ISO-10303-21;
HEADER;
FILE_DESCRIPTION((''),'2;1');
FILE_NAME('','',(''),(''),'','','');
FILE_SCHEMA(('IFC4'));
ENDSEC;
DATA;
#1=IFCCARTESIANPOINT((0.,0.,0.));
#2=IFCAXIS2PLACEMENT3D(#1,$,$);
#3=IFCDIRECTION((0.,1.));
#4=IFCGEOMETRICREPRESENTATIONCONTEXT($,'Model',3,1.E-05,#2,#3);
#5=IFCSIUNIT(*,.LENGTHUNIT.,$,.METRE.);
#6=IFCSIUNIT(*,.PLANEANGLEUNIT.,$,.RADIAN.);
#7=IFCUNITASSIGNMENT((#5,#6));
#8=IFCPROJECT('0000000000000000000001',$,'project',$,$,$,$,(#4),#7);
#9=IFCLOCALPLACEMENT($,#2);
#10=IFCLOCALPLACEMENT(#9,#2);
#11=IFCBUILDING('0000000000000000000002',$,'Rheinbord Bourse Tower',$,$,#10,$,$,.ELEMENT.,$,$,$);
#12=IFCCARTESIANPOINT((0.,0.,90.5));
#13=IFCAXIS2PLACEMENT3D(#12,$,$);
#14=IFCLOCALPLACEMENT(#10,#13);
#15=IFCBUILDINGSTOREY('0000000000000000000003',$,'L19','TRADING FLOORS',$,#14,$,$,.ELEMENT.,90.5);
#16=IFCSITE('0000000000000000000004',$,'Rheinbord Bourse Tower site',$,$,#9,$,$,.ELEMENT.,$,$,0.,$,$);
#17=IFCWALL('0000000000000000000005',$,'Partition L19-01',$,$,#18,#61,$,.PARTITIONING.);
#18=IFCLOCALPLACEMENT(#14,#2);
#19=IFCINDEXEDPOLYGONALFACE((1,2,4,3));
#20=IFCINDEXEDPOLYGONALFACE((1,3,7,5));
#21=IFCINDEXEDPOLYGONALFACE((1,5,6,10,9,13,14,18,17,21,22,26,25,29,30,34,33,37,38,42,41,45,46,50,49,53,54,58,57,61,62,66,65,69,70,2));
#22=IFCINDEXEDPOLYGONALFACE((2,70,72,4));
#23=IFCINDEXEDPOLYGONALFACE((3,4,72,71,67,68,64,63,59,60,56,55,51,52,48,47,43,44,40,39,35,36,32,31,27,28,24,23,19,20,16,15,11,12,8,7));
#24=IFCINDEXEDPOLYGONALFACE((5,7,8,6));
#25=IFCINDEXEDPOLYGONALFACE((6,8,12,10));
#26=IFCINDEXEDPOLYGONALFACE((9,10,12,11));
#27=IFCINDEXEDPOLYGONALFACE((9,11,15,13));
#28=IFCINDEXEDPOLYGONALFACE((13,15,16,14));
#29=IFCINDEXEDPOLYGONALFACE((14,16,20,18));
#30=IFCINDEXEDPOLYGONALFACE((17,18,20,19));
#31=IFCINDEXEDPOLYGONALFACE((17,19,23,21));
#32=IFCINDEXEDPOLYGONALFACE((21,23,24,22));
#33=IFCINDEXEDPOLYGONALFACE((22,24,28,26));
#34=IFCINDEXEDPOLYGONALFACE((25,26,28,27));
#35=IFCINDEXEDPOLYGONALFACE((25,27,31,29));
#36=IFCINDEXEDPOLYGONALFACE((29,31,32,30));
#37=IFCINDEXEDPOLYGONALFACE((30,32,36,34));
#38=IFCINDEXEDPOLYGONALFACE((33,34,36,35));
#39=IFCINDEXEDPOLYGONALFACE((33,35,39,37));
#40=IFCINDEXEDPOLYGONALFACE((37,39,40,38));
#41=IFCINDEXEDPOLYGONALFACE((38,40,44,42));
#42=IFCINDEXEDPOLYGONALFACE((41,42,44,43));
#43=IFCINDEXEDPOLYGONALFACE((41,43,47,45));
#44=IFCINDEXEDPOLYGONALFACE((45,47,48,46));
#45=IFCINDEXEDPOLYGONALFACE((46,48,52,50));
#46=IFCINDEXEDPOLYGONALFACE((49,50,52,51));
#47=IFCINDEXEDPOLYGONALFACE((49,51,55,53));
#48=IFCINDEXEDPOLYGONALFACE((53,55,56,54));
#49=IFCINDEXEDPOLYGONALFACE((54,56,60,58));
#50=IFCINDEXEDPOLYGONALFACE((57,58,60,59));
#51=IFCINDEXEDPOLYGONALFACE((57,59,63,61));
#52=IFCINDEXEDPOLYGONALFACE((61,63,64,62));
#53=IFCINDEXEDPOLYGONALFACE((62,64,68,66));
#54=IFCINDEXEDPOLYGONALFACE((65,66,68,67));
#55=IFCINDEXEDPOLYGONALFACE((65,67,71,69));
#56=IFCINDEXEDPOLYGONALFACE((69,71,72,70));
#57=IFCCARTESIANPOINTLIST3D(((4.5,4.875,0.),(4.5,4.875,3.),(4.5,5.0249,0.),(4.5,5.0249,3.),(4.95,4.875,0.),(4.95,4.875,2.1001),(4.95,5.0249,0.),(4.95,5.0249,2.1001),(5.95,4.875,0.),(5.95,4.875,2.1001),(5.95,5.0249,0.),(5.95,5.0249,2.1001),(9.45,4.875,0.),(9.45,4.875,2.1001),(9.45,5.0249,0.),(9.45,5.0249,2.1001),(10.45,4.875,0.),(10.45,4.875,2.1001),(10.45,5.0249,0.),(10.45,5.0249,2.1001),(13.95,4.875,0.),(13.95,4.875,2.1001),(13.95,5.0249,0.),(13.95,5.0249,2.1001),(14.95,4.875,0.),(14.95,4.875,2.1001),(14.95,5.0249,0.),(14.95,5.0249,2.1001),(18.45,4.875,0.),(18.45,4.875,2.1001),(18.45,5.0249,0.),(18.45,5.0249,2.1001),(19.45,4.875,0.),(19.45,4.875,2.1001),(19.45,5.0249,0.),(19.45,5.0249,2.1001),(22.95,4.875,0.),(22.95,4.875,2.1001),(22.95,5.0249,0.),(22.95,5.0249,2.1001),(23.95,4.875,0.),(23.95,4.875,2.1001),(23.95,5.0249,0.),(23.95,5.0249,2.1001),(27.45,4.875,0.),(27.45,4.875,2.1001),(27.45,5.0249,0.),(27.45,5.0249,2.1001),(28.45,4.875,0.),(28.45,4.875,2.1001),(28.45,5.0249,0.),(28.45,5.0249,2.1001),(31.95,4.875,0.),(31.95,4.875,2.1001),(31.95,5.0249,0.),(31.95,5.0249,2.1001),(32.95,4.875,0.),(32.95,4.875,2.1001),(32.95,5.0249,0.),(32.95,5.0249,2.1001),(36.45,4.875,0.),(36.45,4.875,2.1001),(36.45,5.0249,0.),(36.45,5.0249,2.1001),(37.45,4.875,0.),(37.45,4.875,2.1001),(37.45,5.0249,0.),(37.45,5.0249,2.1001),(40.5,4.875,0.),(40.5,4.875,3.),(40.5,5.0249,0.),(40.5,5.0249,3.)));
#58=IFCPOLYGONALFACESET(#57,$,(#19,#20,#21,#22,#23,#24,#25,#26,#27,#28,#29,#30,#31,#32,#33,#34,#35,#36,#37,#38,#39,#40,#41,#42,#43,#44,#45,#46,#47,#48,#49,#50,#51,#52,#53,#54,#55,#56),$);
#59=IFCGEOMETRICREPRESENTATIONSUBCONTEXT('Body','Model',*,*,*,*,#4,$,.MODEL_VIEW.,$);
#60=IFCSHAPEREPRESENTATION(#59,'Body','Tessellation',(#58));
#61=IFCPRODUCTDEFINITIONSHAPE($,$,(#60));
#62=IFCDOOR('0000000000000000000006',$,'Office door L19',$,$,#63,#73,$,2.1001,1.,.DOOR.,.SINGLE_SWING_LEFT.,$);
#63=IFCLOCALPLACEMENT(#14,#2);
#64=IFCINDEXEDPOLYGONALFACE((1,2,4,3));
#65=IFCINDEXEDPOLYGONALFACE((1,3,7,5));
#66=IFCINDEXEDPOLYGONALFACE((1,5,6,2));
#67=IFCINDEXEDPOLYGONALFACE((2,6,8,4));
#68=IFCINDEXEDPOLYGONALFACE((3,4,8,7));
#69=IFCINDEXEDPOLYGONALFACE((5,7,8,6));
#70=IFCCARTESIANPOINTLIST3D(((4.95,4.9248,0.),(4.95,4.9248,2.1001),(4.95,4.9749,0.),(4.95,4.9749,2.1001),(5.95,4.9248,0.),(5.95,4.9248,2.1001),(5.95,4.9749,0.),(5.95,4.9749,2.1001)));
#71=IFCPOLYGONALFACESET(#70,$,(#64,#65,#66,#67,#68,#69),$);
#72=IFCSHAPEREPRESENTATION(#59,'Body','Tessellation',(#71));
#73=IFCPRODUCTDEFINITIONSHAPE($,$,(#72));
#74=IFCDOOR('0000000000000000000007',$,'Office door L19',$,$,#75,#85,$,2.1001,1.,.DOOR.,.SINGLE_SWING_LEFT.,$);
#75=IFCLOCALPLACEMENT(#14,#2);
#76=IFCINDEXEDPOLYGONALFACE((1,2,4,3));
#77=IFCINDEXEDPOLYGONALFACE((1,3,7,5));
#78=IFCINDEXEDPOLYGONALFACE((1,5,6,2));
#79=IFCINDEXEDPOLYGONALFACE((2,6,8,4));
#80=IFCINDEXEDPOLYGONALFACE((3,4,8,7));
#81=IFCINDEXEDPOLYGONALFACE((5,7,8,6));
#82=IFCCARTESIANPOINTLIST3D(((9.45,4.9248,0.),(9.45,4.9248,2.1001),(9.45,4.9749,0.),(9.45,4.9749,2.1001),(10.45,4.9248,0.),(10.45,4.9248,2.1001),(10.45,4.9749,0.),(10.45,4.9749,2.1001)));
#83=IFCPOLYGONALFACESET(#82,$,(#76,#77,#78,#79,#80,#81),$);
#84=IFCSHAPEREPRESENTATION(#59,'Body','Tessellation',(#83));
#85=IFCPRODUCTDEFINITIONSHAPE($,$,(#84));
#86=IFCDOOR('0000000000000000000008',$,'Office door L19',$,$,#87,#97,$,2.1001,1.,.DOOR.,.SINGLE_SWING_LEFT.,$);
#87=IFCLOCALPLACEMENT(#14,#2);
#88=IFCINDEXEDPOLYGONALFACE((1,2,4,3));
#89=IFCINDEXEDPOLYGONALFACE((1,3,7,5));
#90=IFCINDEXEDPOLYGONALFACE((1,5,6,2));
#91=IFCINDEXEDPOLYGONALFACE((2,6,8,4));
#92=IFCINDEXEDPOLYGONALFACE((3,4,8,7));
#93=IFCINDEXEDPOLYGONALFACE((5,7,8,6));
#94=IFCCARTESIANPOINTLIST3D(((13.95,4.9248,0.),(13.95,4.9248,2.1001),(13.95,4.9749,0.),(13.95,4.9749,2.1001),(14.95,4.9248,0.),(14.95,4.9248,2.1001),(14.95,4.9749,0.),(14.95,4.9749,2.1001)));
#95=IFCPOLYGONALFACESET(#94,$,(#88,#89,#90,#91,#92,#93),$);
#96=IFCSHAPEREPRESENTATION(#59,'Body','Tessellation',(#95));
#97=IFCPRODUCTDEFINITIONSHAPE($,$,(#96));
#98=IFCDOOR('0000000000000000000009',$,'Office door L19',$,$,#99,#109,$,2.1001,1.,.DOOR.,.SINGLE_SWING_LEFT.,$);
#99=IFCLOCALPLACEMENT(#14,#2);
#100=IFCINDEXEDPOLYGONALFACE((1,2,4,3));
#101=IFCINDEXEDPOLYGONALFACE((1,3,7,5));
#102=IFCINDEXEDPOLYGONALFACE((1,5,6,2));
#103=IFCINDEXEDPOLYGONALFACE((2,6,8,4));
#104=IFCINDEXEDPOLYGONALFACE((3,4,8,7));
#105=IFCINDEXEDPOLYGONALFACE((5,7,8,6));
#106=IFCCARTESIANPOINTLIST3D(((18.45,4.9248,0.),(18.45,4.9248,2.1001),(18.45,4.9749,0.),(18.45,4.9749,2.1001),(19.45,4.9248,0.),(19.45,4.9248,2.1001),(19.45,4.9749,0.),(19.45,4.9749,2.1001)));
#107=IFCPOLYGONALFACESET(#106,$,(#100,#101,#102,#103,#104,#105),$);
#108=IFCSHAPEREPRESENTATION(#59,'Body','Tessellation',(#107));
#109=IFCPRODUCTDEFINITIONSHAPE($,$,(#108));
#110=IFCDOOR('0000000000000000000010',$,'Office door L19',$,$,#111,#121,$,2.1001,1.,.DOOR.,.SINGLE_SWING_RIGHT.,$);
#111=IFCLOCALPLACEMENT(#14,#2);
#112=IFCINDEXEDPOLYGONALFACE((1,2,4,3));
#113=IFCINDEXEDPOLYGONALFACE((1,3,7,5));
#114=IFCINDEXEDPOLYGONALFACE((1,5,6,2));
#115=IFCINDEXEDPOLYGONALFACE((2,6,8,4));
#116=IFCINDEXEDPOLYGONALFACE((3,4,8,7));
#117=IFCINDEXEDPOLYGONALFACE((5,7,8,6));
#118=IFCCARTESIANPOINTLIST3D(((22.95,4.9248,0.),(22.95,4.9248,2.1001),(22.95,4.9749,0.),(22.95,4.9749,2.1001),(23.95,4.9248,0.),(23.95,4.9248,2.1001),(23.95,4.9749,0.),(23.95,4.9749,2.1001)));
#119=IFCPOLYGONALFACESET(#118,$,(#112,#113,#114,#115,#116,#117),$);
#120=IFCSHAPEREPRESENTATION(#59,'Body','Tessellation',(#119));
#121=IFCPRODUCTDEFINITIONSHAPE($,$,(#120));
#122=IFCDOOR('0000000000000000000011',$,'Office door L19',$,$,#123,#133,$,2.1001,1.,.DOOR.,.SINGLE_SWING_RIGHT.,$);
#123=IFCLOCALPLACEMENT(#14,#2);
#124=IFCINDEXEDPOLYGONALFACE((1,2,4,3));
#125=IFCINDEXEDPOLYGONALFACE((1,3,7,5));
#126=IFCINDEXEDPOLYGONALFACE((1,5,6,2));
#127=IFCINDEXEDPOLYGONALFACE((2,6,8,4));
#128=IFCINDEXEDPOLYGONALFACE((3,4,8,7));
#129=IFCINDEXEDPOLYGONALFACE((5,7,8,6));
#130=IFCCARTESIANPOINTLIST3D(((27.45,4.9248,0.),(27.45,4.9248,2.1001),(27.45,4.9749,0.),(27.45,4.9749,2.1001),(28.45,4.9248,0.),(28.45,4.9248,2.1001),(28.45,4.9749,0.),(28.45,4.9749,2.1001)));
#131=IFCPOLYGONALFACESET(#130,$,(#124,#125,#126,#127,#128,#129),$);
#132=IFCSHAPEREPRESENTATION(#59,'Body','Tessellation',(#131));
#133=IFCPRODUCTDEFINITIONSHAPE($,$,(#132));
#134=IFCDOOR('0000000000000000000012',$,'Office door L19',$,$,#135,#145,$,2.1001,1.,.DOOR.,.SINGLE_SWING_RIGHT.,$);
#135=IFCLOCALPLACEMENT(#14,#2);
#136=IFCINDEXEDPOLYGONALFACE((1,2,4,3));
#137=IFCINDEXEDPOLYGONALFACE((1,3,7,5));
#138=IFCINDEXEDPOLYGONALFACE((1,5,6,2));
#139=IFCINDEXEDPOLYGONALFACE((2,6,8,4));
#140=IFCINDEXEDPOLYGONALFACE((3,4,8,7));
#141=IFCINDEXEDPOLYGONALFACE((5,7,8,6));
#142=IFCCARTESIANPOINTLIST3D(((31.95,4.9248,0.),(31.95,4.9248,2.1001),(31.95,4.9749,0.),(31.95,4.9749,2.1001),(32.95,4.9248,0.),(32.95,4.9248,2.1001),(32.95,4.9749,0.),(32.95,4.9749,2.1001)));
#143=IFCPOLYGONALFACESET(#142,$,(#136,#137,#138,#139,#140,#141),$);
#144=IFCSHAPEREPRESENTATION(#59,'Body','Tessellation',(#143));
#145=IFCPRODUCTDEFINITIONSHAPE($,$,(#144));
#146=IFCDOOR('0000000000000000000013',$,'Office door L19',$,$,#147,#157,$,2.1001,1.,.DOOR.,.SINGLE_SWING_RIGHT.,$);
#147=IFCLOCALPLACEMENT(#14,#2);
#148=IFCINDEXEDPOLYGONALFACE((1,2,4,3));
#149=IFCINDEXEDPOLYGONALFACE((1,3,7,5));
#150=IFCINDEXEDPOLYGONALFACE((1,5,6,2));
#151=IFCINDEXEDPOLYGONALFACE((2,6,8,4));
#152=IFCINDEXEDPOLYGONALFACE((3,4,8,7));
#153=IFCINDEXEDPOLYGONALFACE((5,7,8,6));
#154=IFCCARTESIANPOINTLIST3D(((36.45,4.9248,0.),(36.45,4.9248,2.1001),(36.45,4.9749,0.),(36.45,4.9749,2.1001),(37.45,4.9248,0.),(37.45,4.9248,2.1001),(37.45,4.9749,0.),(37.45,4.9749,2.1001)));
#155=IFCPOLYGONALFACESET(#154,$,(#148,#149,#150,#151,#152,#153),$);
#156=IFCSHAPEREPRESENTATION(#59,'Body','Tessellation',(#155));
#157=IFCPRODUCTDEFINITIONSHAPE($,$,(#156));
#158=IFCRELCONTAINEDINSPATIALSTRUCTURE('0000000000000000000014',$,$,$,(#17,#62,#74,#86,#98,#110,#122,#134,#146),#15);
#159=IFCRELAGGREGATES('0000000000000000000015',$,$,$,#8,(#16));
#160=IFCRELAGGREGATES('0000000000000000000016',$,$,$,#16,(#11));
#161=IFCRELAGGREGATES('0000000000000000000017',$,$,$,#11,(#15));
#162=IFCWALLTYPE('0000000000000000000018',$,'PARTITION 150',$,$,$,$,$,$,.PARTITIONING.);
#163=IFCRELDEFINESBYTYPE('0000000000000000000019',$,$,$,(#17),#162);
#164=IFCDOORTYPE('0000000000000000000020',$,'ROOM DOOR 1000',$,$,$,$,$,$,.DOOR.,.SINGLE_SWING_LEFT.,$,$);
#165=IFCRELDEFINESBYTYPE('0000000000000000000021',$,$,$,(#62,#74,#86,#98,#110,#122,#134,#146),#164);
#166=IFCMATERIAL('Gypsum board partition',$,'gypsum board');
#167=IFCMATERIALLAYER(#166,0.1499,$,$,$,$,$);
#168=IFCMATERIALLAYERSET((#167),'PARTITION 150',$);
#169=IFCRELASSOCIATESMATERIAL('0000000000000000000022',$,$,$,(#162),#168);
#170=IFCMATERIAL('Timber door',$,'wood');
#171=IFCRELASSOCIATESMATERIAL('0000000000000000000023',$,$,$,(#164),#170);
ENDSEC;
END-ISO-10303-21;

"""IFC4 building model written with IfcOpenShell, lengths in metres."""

from ifc_helpers import new_model, si_unit, direction, frame, frame_2d, origin, place, context, subcontext, project, spatial, rectangle, extrude, material, layer, layer_set, type_object, element, fill, save


model = new_model("IFC4")

# Units and contexts
model_context = context("Model", 3, precision=1e-05, world=origin(), true_north=direction((0.0, 1.0)))
body_context = subcontext(model_context, "Body", "Model", "MODEL_VIEW")
ifc_project = project(units=[si_unit("LENGTHUNIT", "METRE"), si_unit("PLANEANGLEUNIT", "RADIAN")], contexts=[model_context])

# Site, building, storey
site_placement = place(None, origin())
site = spatial("IfcSite", under=ifc_project, at=site_placement, Name="Rheinbord Bourse Tower site", CompositionType="ELEMENT", RefElevation=0.0)
building_placement = place(site_placement, origin())
building = spatial("IfcBuilding", under=site, at=building_placement, Name="Rheinbord Bourse Tower", CompositionType="ELEMENT")
storey_placement = place(building_placement, frame((0.0, 0.0, 90.5)))
storey = spatial("IfcBuildingStorey", under=building, at=storey_placement, Name="L19", Description="TRADING FLOORS", CompositionType="ELEMENT", Elevation=90.5)

# Wall, openings, doors
ifc_material_1 = material(Name="Gypsum board partition", Category="gypsum board")
ifc_layer_1 = layer(ifc_material_1, 0.1499)
ifc_layer_set_1 = layer_set([ifc_layer_1], Name="PARTITION 150")
wall_type = type_object("IfcWallType", Name="PARTITION 150", PredefinedType="PARTITIONING", material=ifc_layer_set_1)
wall_placement = place(storey_placement, frame((4.5, 4.95, 0.0), z_axis=(0.0, 0.0, 1.0), x_axis=(1.0, 0.0, 0.0)))
wall = element("IfcWall", 1, at=wall_placement, inside=storey, type_object=wall_type, Name="Partition L19-01", PredefinedType="PARTITIONING", context=body_context, shape_type="SweptSolid", body=[
    extrude(rectangle(XDim=36.0, YDim=0.1499, at=frame_2d((18.0, 0.0))), origin(), (0.0, 0.0, 1.0), 3.0),
])
opening_1_placement = place(wall_placement, frame((0.45, 0.0, 0.0)))
opening_1 = element("IfcOpeningElement", 2, at=opening_1_placement, cuts=wall, PredefinedType="OPENING", context=body_context, shape_type="SweptSolid", body=[
    extrude(rectangle(XDim=1.0, YDim=2.1001, at=frame_2d((0.5, 1.05))), frame((0.0, 0.085, 0.0), z_axis=(0.0, -1.0, 0.0), x_axis=(1.0, 0.0, 0.0)), (0.0, 0.0, 1.0), 0.1699),
])
opening_2_placement = place(wall_placement, frame((4.95, 0.0, 0.0)))
opening_2 = element("IfcOpeningElement", 3, at=opening_2_placement, cuts=wall, PredefinedType="OPENING", context=body_context, shape_type="SweptSolid", body=[
    extrude(rectangle(XDim=1.0, YDim=2.1001, at=frame_2d((0.5, 1.05))), frame((0.0, 0.085, 0.0), z_axis=(0.0, -1.0, 0.0), x_axis=(1.0, 0.0, 0.0)), (0.0, 0.0, 1.0), 0.1699),
])
opening_3_placement = place(wall_placement, frame((9.45, 0.0, 0.0)))
opening_3 = element("IfcOpeningElement", 4, at=opening_3_placement, cuts=wall, PredefinedType="OPENING", context=body_context, shape_type="SweptSolid", body=[
    extrude(rectangle(XDim=1.0, YDim=2.1001, at=frame_2d((0.5, 1.05))), frame((0.0, 0.085, 0.0), z_axis=(0.0, -1.0, 0.0), x_axis=(1.0, 0.0, 0.0)), (0.0, 0.0, 1.0), 0.1699),
])
opening_4_placement = place(wall_placement, frame((13.95, 0.0, 0.0)))
opening_4 = element("IfcOpeningElement", 5, at=opening_4_placement, cuts=wall, PredefinedType="OPENING", context=body_context, shape_type="SweptSolid", body=[
    extrude(rectangle(XDim=1.0, YDim=2.1001, at=frame_2d((0.5, 1.05))), frame((0.0, 0.085, 0.0), z_axis=(0.0, -1.0, 0.0), x_axis=(1.0, 0.0, 0.0)), (0.0, 0.0, 1.0), 0.1699),
])
opening_5_placement = place(wall_placement, frame((18.45, 0.0, 0.0)))
opening_5 = element("IfcOpeningElement", 6, at=opening_5_placement, cuts=wall, PredefinedType="OPENING", context=body_context, shape_type="SweptSolid", body=[
    extrude(rectangle(XDim=1.0, YDim=2.1001, at=frame_2d((0.5, 1.05))), frame((0.0, 0.085, 0.0), z_axis=(0.0, -1.0, 0.0), x_axis=(1.0, 0.0, 0.0)), (0.0, 0.0, 1.0), 0.1699),
])
opening_6_placement = place(wall_placement, frame((22.95, 0.0, 0.0)))
opening_6 = element("IfcOpeningElement", 7, at=opening_6_placement, cuts=wall, PredefinedType="OPENING", context=body_context, shape_type="SweptSolid", body=[
    extrude(rectangle(XDim=1.0, YDim=2.1001, at=frame_2d((0.5, 1.05))), frame((0.0, 0.085, 0.0), z_axis=(0.0, -1.0, 0.0), x_axis=(1.0, 0.0, 0.0)), (0.0, 0.0, 1.0), 0.1699),
])
opening_7_placement = place(wall_placement, frame((27.45, 0.0, 0.0)))
opening_7 = element("IfcOpeningElement", 8, at=opening_7_placement, cuts=wall, PredefinedType="OPENING", context=body_context, shape_type="SweptSolid", body=[
    extrude(rectangle(XDim=1.0, YDim=2.1001, at=frame_2d((0.5, 1.05))), frame((0.0, 0.085, 0.0), z_axis=(0.0, -1.0, 0.0), x_axis=(1.0, 0.0, 0.0)), (0.0, 0.0, 1.0), 0.1699),
])
opening_8_placement = place(wall_placement, frame((31.95, 0.0, 0.0)))
opening_8 = element("IfcOpeningElement", 9, at=opening_8_placement, cuts=wall, PredefinedType="OPENING", context=body_context, shape_type="SweptSolid", body=[
    extrude(rectangle(XDim=1.0, YDim=2.1001, at=frame_2d((0.5, 1.05))), frame((0.0, 0.085, 0.0), z_axis=(0.0, -1.0, 0.0), x_axis=(1.0, 0.0, 0.0)), (0.0, 0.0, 1.0), 0.1699),
])
ifc_material_2 = material(Name="Timber door", Category="wood")
door_type = type_object("IfcDoorType", Name="ROOM DOOR 1000", OperationType="SINGLE_SWING_LEFT", PredefinedType="DOOR", material=ifc_material_2)
door_1_placement = place(opening_1_placement, origin())
door_1 = element("IfcDoor", 10, at=door_1_placement, inside=storey, type_object=door_type, Name="Office door L19", OperationType="SINGLE_SWING_LEFT", OverallHeight=2.1001, OverallWidth=1.0, PredefinedType="DOOR", context=body_context, shape_type="SweptSolid", body=[
    extrude(rectangle(XDim=1.0, YDim=2.1001, at=frame_2d((0.5, 1.05))), frame((0.0, 0.0249, 0.0), z_axis=(0.0, -1.0, 0.0), x_axis=(1.0, 0.0, 0.0)), (0.0, 0.0, 1.0), 0.05),
])
fill(opening_1, door_1)
door_2_placement = place(opening_2_placement, origin())
door_2 = element("IfcDoor", 11, at=door_2_placement, inside=storey, type_object=door_type, Name="Office door L19", OperationType="SINGLE_SWING_LEFT", OverallHeight=2.1001, OverallWidth=1.0, PredefinedType="DOOR", context=body_context, shape_type="SweptSolid", body=[
    extrude(rectangle(XDim=1.0, YDim=2.1001, at=frame_2d((0.5, 1.05))), frame((0.0, 0.0249, 0.0), z_axis=(0.0, -1.0, 0.0), x_axis=(1.0, 0.0, 0.0)), (0.0, 0.0, 1.0), 0.05),
])
fill(opening_2, door_2)
door_3_placement = place(opening_3_placement, origin())
door_3 = element("IfcDoor", 12, at=door_3_placement, inside=storey, type_object=door_type, Name="Office door L19", OperationType="SINGLE_SWING_LEFT", OverallHeight=2.1001, OverallWidth=1.0, PredefinedType="DOOR", context=body_context, shape_type="SweptSolid", body=[
    extrude(rectangle(XDim=1.0, YDim=2.1001, at=frame_2d((0.5, 1.05))), frame((0.0, 0.0249, 0.0), z_axis=(0.0, -1.0, 0.0), x_axis=(1.0, 0.0, 0.0)), (0.0, 0.0, 1.0), 0.05),
])
fill(opening_3, door_3)
door_4_placement = place(opening_4_placement, origin())
door_4 = element("IfcDoor", 13, at=door_4_placement, inside=storey, type_object=door_type, Name="Office door L19", OperationType="SINGLE_SWING_LEFT", OverallHeight=2.1001, OverallWidth=1.0, PredefinedType="DOOR", context=body_context, shape_type="SweptSolid", body=[
    extrude(rectangle(XDim=1.0, YDim=2.1001, at=frame_2d((0.5, 1.05))), frame((0.0, 0.0249, 0.0), z_axis=(0.0, -1.0, 0.0), x_axis=(1.0, 0.0, 0.0)), (0.0, 0.0, 1.0), 0.05),
])
fill(opening_4, door_4)
door_5_placement = place(opening_5_placement, origin())
door_5 = element("IfcDoor", 14, at=door_5_placement, inside=storey, type_object=door_type, Name="Office door L19", OperationType="SINGLE_SWING_RIGHT", OverallHeight=2.1001, OverallWidth=1.0, PredefinedType="DOOR", context=body_context, shape_type="SweptSolid", body=[
    extrude(rectangle(XDim=1.0, YDim=2.1001, at=frame_2d((0.5, 1.05))), frame((0.0, 0.0249, 0.0), z_axis=(0.0, -1.0, 0.0), x_axis=(1.0, 0.0, 0.0)), (0.0, 0.0, 1.0), 0.05),
])
fill(opening_5, door_5)
door_6_placement = place(opening_6_placement, origin())
door_6 = element("IfcDoor", 15, at=door_6_placement, inside=storey, type_object=door_type, Name="Office door L19", OperationType="SINGLE_SWING_RIGHT", OverallHeight=2.1001, OverallWidth=1.0, PredefinedType="DOOR", context=body_context, shape_type="SweptSolid", body=[
    extrude(rectangle(XDim=1.0, YDim=2.1001, at=frame_2d((0.5, 1.05))), frame((0.0, 0.0249, 0.0), z_axis=(0.0, -1.0, 0.0), x_axis=(1.0, 0.0, 0.0)), (0.0, 0.0, 1.0), 0.05),
])
fill(opening_6, door_6)
door_7_placement = place(opening_7_placement, origin())
door_7 = element("IfcDoor", 16, at=door_7_placement, inside=storey, type_object=door_type, Name="Office door L19", OperationType="SINGLE_SWING_RIGHT", OverallHeight=2.1001, OverallWidth=1.0, PredefinedType="DOOR", context=body_context, shape_type="SweptSolid", body=[
    extrude(rectangle(XDim=1.0, YDim=2.1001, at=frame_2d((0.5, 1.05))), frame((0.0, 0.0249, 0.0), z_axis=(0.0, -1.0, 0.0), x_axis=(1.0, 0.0, 0.0)), (0.0, 0.0, 1.0), 0.05),
])
fill(opening_7, door_7)
door_8_placement = place(opening_8_placement, origin())
door_8 = element("IfcDoor", 17, at=door_8_placement, inside=storey, type_object=door_type, Name="Office door L19", OperationType="SINGLE_SWING_RIGHT", OverallHeight=2.1001, OverallWidth=1.0, PredefinedType="DOOR", context=body_context, shape_type="SweptSolid", body=[
    extrude(rectangle(XDim=1.0, YDim=2.1001, at=frame_2d((0.5, 1.05))), frame((0.0, 0.0249, 0.0), z_axis=(0.0, -1.0, 0.0), x_axis=(1.0, 0.0, 0.0)), (0.0, 0.0, 1.0), 0.05),
])
fill(opening_8, door_8)

save(model, "model.ifc")
